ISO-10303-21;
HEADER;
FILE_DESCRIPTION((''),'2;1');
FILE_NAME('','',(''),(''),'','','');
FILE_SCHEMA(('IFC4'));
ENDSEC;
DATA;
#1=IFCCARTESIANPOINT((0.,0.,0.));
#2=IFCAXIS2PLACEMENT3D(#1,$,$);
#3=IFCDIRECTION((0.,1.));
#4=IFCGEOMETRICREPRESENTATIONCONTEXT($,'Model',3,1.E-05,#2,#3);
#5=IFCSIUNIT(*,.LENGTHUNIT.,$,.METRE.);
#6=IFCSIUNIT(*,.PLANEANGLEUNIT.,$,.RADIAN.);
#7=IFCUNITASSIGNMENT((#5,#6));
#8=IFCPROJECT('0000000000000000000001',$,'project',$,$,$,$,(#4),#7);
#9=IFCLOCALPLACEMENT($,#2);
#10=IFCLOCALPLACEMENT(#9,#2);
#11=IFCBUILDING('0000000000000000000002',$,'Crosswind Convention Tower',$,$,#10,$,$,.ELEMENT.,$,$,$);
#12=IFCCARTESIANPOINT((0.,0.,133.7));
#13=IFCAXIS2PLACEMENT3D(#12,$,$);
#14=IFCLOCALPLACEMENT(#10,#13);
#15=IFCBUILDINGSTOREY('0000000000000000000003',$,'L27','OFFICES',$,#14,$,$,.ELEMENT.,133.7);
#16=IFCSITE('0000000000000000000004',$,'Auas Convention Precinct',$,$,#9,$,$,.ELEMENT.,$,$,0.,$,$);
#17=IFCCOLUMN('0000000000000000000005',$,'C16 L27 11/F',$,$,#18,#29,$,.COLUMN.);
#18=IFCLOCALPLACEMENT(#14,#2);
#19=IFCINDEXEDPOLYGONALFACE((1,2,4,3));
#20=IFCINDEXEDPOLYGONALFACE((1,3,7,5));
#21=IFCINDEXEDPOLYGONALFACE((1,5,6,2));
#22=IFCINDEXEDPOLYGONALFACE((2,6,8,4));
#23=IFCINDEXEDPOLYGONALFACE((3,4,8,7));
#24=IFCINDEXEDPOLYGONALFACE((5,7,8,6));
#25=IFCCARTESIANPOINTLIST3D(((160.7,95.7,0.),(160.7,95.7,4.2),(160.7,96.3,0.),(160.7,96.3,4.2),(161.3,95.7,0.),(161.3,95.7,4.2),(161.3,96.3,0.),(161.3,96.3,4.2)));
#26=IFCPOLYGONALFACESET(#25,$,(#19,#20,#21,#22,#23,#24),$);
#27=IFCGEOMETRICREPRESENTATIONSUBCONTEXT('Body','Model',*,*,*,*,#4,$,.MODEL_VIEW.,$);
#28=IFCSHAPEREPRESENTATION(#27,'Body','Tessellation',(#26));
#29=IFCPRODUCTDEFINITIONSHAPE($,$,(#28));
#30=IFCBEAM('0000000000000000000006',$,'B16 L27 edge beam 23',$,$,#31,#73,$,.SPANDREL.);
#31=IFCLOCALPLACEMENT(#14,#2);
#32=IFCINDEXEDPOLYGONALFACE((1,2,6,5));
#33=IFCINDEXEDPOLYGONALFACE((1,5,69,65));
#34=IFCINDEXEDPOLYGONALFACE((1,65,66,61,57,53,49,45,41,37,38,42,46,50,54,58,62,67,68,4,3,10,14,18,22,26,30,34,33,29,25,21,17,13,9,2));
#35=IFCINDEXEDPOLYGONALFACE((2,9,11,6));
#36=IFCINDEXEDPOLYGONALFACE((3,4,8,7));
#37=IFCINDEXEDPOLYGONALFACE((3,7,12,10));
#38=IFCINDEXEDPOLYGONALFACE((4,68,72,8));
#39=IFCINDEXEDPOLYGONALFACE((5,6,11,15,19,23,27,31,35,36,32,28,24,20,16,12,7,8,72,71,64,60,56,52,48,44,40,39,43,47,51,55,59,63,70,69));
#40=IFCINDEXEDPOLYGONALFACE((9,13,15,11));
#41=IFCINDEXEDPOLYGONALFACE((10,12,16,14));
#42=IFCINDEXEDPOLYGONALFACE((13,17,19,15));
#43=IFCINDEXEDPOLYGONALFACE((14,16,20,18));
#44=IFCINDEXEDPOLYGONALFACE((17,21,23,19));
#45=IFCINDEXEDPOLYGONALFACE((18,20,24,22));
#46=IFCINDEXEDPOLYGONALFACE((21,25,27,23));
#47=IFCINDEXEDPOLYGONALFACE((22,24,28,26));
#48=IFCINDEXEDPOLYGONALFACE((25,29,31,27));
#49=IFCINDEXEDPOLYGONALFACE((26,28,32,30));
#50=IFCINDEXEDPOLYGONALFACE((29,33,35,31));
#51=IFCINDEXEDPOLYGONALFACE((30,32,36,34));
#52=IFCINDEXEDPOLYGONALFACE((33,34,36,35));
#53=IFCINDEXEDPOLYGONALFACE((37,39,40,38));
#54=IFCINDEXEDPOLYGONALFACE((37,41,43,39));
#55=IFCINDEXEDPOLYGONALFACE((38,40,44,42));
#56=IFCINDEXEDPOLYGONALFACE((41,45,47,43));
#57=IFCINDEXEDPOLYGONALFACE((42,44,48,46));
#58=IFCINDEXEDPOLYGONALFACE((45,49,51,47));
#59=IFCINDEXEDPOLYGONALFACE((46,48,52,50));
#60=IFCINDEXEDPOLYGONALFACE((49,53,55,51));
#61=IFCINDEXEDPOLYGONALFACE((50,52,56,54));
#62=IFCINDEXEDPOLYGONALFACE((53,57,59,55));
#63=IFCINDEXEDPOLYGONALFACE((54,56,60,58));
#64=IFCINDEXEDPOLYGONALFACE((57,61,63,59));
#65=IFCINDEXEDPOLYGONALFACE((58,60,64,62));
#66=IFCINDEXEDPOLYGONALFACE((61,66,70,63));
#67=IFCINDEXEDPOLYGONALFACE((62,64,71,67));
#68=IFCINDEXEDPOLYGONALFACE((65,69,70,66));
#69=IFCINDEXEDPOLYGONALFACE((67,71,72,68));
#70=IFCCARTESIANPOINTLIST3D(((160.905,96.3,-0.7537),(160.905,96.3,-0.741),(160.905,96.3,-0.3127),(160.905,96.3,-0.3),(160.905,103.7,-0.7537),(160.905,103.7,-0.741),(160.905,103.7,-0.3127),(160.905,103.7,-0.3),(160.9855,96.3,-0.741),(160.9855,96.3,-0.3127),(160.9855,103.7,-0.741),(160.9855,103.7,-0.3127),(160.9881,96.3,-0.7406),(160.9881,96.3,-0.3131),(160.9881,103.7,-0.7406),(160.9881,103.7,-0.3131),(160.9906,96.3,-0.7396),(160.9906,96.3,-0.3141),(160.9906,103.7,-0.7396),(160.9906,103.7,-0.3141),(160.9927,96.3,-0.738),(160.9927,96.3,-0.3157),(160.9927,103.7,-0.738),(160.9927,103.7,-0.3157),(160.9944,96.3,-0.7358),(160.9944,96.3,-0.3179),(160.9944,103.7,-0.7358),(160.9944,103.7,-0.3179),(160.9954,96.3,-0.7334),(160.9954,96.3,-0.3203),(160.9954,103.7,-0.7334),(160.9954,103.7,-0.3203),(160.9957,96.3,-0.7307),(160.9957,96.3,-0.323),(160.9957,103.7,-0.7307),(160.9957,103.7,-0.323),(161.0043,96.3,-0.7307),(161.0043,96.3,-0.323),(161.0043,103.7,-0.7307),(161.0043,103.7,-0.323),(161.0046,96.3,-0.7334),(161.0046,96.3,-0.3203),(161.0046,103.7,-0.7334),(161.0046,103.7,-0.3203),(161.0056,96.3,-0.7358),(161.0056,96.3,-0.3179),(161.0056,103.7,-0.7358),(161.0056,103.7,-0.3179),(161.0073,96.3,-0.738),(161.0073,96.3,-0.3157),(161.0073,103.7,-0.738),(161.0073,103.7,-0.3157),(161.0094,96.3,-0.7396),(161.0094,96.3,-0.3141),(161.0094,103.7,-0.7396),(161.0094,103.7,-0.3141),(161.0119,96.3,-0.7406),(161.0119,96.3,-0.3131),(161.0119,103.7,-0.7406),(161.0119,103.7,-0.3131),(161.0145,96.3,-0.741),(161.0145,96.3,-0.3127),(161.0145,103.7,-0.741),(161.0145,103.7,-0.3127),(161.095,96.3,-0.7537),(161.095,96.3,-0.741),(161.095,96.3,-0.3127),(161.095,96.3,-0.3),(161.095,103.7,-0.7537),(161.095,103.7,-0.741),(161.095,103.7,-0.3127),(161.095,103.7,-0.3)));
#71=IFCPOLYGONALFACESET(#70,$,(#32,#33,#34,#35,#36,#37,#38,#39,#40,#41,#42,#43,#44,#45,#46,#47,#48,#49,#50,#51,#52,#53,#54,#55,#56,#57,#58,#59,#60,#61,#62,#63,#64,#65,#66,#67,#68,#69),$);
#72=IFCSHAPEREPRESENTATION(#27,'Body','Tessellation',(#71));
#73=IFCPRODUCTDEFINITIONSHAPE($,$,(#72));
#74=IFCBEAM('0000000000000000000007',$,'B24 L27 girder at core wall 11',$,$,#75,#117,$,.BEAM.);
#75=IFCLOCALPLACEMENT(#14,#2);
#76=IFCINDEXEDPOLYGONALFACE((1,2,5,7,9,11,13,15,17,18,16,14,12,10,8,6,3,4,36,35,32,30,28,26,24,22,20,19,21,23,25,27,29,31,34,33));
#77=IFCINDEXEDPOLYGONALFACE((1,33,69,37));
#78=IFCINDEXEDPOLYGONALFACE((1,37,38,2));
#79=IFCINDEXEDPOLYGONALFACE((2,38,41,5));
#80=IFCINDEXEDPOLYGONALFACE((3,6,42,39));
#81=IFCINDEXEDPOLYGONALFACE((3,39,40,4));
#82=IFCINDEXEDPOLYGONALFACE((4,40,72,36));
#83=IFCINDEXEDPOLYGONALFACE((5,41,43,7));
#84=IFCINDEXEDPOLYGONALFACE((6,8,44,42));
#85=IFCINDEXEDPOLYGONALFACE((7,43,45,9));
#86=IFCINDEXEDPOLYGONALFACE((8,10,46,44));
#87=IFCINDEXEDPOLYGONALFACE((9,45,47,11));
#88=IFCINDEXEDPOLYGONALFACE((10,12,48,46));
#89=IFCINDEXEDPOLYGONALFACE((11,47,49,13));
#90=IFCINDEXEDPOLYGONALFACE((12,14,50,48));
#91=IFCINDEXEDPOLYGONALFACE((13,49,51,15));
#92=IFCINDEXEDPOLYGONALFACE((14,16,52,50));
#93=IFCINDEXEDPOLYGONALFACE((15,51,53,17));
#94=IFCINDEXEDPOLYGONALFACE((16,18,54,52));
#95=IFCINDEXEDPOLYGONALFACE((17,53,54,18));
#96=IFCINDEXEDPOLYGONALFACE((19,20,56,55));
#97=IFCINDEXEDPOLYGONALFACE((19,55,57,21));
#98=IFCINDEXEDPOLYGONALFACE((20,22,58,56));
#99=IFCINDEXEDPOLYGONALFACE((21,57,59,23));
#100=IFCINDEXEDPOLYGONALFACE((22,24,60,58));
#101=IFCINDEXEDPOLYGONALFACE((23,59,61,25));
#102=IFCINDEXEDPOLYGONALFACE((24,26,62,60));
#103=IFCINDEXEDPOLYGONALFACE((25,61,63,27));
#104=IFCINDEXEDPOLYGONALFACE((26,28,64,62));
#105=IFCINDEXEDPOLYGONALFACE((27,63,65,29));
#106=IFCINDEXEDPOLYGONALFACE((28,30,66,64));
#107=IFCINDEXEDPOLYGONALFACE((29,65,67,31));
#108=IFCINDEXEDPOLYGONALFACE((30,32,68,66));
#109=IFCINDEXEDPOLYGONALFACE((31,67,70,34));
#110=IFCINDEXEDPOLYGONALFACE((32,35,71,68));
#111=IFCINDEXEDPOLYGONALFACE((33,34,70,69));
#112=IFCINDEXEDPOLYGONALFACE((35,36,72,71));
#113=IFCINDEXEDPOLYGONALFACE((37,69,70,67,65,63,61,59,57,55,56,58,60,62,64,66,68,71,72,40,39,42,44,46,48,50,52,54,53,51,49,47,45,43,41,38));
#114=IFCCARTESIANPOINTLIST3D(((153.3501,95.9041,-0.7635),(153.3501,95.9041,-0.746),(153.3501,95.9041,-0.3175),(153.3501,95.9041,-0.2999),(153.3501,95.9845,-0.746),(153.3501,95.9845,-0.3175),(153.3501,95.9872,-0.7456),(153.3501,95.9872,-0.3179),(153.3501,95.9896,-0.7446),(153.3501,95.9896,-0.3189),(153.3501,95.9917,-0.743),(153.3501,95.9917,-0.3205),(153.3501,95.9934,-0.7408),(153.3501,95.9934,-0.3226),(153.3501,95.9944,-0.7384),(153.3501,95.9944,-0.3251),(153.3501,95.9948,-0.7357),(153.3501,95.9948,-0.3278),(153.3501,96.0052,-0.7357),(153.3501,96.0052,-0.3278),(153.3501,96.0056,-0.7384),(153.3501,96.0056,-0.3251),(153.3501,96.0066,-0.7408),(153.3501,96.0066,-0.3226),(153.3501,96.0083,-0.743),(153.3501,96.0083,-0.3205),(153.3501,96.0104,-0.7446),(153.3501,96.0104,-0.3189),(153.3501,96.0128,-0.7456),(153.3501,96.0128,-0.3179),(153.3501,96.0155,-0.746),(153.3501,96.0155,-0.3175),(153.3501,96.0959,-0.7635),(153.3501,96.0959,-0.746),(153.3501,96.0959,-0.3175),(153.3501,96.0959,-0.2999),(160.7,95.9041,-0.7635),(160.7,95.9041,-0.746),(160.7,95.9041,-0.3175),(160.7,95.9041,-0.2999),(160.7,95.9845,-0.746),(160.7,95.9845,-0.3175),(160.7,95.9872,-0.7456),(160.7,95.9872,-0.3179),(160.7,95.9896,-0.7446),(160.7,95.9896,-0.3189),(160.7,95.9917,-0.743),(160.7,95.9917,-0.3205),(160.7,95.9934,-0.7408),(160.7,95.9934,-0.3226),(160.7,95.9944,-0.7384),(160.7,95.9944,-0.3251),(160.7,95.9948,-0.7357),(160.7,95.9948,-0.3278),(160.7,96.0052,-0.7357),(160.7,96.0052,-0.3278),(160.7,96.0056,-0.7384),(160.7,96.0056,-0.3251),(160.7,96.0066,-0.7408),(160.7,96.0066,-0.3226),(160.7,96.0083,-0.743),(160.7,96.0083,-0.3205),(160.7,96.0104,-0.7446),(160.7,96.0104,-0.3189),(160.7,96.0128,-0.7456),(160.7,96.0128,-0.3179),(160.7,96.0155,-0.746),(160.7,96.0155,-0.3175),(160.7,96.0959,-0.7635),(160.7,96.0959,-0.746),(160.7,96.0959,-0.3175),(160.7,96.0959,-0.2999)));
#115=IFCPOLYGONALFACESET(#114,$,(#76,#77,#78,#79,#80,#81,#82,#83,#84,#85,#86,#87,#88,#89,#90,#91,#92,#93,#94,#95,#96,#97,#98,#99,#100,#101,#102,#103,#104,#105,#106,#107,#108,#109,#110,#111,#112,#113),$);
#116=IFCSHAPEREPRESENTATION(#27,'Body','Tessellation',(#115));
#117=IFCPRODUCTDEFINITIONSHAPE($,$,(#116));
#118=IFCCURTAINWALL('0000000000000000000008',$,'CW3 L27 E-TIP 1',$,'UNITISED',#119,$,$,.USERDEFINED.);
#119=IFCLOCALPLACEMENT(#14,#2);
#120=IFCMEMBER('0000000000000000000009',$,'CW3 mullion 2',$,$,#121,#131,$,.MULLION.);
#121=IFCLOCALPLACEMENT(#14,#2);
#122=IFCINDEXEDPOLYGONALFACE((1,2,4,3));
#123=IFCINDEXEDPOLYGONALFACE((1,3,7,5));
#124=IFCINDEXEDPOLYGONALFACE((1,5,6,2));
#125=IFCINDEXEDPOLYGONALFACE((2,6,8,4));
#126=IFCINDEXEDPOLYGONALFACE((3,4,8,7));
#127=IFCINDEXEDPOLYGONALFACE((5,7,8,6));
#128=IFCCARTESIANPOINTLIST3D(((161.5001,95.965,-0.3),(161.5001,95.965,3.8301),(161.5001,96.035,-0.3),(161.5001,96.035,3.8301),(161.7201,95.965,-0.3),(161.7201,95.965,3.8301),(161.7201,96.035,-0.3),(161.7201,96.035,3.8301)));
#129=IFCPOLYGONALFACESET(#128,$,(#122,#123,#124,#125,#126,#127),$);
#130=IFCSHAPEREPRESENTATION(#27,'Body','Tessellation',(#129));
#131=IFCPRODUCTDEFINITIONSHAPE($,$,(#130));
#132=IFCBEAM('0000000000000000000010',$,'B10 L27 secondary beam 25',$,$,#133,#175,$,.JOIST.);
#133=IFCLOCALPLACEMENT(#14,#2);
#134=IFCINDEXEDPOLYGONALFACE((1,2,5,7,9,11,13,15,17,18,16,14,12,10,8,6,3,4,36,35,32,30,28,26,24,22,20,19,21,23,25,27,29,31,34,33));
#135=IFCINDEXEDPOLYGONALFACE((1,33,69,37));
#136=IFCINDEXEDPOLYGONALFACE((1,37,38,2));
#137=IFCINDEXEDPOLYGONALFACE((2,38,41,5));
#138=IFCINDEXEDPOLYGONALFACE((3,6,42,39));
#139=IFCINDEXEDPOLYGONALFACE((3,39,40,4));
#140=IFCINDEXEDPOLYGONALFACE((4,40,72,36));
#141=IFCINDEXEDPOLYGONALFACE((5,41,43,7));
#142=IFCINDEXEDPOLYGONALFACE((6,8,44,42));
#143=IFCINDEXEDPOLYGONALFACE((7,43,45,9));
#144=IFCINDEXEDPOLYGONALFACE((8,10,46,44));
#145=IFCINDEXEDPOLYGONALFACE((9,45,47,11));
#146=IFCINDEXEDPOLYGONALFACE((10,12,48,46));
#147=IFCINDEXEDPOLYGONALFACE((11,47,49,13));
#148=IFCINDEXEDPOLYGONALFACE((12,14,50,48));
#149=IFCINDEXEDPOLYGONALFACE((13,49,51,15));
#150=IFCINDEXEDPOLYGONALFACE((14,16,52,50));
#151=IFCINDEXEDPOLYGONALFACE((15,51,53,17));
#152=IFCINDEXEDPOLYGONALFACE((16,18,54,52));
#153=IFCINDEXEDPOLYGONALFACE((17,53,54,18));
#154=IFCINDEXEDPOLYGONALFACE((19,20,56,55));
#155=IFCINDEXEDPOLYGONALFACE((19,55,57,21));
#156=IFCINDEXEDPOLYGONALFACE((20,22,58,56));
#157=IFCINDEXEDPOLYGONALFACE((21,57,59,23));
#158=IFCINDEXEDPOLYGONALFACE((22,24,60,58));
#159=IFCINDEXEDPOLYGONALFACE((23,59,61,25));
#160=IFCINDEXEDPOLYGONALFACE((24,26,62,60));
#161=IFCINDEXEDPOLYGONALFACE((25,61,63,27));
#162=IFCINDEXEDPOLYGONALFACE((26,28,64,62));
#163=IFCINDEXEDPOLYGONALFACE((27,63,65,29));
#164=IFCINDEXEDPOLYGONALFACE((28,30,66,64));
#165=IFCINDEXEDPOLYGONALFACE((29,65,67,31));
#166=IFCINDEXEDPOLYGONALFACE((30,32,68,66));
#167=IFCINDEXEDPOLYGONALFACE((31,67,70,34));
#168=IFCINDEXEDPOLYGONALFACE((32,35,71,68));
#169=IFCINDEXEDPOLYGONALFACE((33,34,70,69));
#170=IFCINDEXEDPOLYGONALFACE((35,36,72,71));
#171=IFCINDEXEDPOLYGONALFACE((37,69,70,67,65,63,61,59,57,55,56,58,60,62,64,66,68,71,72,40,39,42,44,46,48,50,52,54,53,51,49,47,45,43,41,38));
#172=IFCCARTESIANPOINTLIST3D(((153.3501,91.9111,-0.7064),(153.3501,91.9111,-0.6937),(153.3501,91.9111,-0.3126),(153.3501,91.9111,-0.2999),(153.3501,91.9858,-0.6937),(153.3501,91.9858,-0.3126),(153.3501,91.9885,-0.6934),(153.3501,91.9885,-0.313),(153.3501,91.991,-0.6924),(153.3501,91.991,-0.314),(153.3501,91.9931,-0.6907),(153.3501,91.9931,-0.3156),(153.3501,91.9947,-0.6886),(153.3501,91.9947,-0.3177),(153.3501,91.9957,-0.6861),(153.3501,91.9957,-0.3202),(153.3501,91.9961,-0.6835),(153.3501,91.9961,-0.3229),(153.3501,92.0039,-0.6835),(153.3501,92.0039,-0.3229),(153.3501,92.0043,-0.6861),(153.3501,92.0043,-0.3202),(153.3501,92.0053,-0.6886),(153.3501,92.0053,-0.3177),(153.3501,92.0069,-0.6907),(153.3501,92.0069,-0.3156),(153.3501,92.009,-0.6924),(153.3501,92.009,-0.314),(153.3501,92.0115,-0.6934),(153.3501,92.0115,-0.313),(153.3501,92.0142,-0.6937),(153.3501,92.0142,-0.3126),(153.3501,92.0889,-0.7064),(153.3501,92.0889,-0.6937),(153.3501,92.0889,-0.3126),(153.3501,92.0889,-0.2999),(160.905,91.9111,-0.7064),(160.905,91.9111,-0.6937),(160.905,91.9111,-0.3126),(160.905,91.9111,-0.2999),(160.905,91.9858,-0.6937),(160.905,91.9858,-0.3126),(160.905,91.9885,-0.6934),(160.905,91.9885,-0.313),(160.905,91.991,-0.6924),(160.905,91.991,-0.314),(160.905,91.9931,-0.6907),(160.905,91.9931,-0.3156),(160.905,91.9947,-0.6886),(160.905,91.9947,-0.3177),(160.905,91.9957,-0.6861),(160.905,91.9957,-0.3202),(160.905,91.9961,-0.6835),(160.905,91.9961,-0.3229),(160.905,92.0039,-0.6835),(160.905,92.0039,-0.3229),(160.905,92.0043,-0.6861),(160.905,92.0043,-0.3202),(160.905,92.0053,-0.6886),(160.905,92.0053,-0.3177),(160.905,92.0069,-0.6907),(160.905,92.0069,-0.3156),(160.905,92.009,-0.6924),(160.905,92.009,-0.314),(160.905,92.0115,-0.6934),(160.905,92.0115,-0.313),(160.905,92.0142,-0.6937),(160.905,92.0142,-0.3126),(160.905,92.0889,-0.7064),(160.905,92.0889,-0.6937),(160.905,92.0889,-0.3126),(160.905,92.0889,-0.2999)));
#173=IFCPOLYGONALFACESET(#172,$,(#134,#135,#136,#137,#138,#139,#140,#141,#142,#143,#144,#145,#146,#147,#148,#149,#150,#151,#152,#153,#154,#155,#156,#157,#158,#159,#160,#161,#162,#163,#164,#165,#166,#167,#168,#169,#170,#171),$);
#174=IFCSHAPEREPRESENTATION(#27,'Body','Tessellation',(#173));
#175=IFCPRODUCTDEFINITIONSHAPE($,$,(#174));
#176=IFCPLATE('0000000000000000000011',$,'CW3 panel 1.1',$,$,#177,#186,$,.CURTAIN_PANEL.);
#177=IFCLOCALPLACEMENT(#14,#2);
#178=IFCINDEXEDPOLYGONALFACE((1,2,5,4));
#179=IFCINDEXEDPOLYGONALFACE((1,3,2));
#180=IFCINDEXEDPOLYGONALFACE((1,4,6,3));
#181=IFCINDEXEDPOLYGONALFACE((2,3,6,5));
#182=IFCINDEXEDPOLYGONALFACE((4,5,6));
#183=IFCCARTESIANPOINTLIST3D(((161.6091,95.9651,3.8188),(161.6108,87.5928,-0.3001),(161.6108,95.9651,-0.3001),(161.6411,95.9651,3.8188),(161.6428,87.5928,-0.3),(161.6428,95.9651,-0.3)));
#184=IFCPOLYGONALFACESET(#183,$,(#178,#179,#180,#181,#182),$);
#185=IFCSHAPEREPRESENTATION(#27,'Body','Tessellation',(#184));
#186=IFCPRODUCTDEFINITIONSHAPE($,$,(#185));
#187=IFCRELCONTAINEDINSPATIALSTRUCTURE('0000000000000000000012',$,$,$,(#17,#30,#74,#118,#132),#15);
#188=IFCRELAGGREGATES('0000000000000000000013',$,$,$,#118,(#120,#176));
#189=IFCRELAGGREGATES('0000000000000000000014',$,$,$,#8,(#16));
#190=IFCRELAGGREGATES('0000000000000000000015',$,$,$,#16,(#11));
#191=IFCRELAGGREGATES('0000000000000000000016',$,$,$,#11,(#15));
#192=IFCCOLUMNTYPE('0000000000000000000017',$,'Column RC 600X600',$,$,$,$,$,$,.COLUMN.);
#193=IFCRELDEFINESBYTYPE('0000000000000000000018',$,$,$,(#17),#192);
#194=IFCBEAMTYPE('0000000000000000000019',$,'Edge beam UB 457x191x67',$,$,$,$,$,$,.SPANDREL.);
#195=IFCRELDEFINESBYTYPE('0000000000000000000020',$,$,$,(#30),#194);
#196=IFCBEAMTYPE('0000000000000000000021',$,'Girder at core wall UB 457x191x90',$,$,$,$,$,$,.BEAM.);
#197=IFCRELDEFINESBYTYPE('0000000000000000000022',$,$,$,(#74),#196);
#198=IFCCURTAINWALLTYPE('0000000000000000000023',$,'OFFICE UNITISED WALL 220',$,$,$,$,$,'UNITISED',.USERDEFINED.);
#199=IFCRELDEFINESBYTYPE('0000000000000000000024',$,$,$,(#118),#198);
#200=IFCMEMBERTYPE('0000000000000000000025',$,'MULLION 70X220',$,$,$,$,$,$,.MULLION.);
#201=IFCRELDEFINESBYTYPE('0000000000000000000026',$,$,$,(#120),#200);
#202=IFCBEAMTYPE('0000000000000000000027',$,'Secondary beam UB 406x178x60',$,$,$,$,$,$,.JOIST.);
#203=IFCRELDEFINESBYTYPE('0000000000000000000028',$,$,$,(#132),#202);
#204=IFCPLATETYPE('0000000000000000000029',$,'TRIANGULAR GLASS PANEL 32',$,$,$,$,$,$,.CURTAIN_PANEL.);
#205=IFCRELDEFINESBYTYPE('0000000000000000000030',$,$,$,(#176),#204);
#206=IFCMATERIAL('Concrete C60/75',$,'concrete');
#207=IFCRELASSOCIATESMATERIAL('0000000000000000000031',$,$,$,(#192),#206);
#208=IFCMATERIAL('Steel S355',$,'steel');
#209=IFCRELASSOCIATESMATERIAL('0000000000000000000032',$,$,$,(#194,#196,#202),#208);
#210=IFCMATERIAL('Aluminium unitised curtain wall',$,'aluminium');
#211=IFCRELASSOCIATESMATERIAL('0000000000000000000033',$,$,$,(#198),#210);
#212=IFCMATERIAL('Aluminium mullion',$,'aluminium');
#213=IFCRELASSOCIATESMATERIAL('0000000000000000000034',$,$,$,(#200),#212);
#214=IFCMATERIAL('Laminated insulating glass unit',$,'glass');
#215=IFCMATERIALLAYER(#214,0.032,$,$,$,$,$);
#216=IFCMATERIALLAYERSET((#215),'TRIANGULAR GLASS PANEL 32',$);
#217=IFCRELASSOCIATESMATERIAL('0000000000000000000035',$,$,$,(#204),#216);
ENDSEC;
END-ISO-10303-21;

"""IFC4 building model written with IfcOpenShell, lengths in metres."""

from ifc_helpers import new_model, si_unit, direction, frame, origin, origin_2d, place, context, subcontext, project, spatial, polyline, rectangle, i_section, outline, extrude, material, layer, layer_set, material_profile, profile_set, type_object, element, aggregate, save


model = new_model("IFC4")

# Units and contexts
model_context = context("Model", 3, precision=1e-05, world=origin(), true_north=direction((0.0, 1.0)))
body_context = subcontext(model_context, "Body", "Model", "MODEL_VIEW")
ifc_project = project(units=[si_unit("LENGTHUNIT", "METRE"), si_unit("PLANEANGLEUNIT", "RADIAN")], contexts=[model_context])

# Site, building, storey
site_placement = place(None, origin())
site = spatial("IfcSite", under=ifc_project, at=site_placement, Name="Auas Convention Precinct", CompositionType="ELEMENT", RefElevation=0.0)
building_placement = place(site_placement, origin())
building = spatial("IfcBuilding", under=site, at=building_placement, Name="Crosswind Convention Tower", CompositionType="ELEMENT")
storey_placement = place(building_placement, frame((0.0, 0.0, 133.7)))
storey = spatial("IfcBuildingStorey", under=building, at=storey_placement, Name="L27", Description="OFFICES", CompositionType="ELEMENT", Elevation=133.7)

# Column
ifc_material_1 = material(Name="Concrete C60/75", Category="concrete")
ifc_material_profile_1 = material_profile(ifc_material_1, rectangle(XDim=0.6001, YDim=0.6001, at=origin_2d()), Name="RC 600X600")
ifc_profile_set_1 = profile_set([ifc_material_profile_1], Name="Concrete C60/75")
column_type = type_object("IfcColumnType", Name="Column RC 600X600", PredefinedType="COLUMN", material=ifc_profile_set_1)
column_placement = place(storey_placement, frame((161.0, 96.0, 0.0), z_axis=(0.0, 0.0, 1.0), x_axis=(1.0, 0.0, 0.0)))
element("IfcColumn", 1, at=column_placement, inside=storey, type_object=column_type, Name="C16 L27 11/F", PredefinedType="COLUMN", context=body_context, shape_type="SweptSolid", body=[
    extrude(rectangle(XDim=0.6001, YDim=0.6001, at=origin_2d()), origin(), (0.0, 0.0, 1.0), 4.2),
])

# Beams
ifc_material_2 = material(Name="Steel S355", Category="steel")
ifc_material_profile_2 = material_profile(ifc_material_2, i_section(OverallWidth=0.1899, OverallDepth=0.4536, WebThickness=0.0085, FlangeThickness=0.0127, FilletRadius=0.0103, at=origin_2d()), Name="UB 457x191x67")
ifc_profile_set_2 = profile_set([ifc_material_profile_2], Name="Steel S355")
beam_type_1 = type_object("IfcBeamType", Name="Edge beam UB 457x191x67", PredefinedType="SPANDREL", material=ifc_profile_set_2)
beam_1_placement = place(storey_placement, frame((161.0, 96.3, -0.5269), z_axis=(0.0, 1.0, 0.0), x_axis=(-1.0, 0.0, 0.0)))
element("IfcBeam", 2, at=beam_1_placement, inside=storey, type_object=beam_type_1, Name="B16 L27 edge beam 23", PredefinedType="SPANDREL", context=body_context, shape_type="SweptSolid", body=[
    extrude(i_section(OverallWidth=0.1899, OverallDepth=0.4536, WebThickness=0.0085, FlangeThickness=0.0127, FilletRadius=0.0103, at=origin_2d()), origin(), (0.0, 0.0, 1.0), 7.3999),
])
ifc_material_profile_3 = material_profile(ifc_material_2, i_section(OverallWidth=0.1919, OverallDepth=0.4636, WebThickness=0.0105, FlangeThickness=0.0176, FilletRadius=0.0103, at=origin_2d()), Name="UB 457x191x90")
ifc_profile_set_3 = profile_set([ifc_material_profile_3], Name="Steel S355")
beam_type_2 = type_object("IfcBeamType", Name="Girder at core wall UB 457x191x90", PredefinedType="BEAM", material=ifc_profile_set_3)
beam_2_placement = place(storey_placement, frame((153.3501, 96.0, -0.5317), z_axis=(1.0, 0.0, 0.0), x_axis=(0.0, 1.0, 0.0)))
element("IfcBeam", 3, at=beam_2_placement, inside=storey, type_object=beam_type_2, Name="B24 L27 girder at core wall 11", PredefinedType="BEAM", context=body_context, shape_type="SweptSolid", body=[
    extrude(i_section(OverallWidth=0.1919, OverallDepth=0.4636, WebThickness=0.0105, FlangeThickness=0.0176, FilletRadius=0.0103, at=origin_2d()), origin(), (0.0, 0.0, 1.0), 7.3499),
])

# Curtain wall, member
ifc_material_3 = material(Name="Aluminium unitised curtain wall", Category="aluminium")
curtain_wall_type = type_object("IfcCurtainWallType", Name="OFFICE UNITISED WALL 220", ElementType="UNITISED", PredefinedType="USERDEFINED", material=ifc_material_3)
curtain_wall_placement = place(storey_placement, origin())
curtain_wall = element("IfcCurtainWall", 4, at=curtain_wall_placement, inside=storey, type_object=curtain_wall_type, Name="CW3 L27 E-TIP 1", ObjectType="UNITISED", PredefinedType="USERDEFINED")
ifc_material_4 = material(Name="Aluminium mullion", Category="aluminium")
ifc_material_profile_4 = material_profile(ifc_material_4, rectangle(XDim=0.22, YDim=0.0701, at=origin_2d()), Name="AL 220X70")
ifc_profile_set_4 = profile_set([ifc_material_profile_4], Name="Aluminium mullion")
member_type = type_object("IfcMemberType", Name="MULLION 70X220", PredefinedType="MULLION", material=ifc_profile_set_4)
member_placement = place(storey_placement, frame((161.6101, 96.0, -0.3), z_axis=(0.0, 0.0, 1.0), x_axis=(1.0, 0.0, 0.0)))
member = element("IfcMember", 5, at=member_placement, type_object=member_type, Name="CW3 mullion 2", PredefinedType="MULLION", context=body_context, shape_type="SweptSolid", body=[
    extrude(rectangle(XDim=0.22, YDim=0.0701, at=origin_2d()), origin(), (0.0, 0.0, 1.0), 4.1301),
])

# Beam
ifc_material_profile_5 = material_profile(ifc_material_2, i_section(OverallWidth=0.1777, OverallDepth=0.4065, WebThickness=0.0078, FlangeThickness=0.0127, FilletRadius=0.0103, at=origin_2d()), Name="UB 406x178x60")
ifc_profile_set_5 = profile_set([ifc_material_profile_5], Name="Steel S355")
beam_type_3 = type_object("IfcBeamType", Name="Secondary beam UB 406x178x60", PredefinedType="JOIST", material=ifc_profile_set_5)
beam_3_placement = place(storey_placement, frame((153.3501, 92.0, -0.5032), z_axis=(1.0, 0.0, 0.0), x_axis=(0.0, 1.0, 0.0)))
element("IfcBeam", 6, at=beam_3_placement, inside=storey, type_object=beam_type_3, Name="B10 L27 secondary beam 25", PredefinedType="JOIST", context=body_context, shape_type="SweptSolid", body=[
    extrude(i_section(OverallWidth=0.1777, OverallDepth=0.4065, WebThickness=0.0078, FlangeThickness=0.0127, FilletRadius=0.0103, at=origin_2d()), origin(), (0.0, 0.0, 1.0), 7.5549),
])

# Plate
ifc_material_5 = material(Name="Laminated insulating glass unit", Category="glass")
ifc_layer_1 = layer(ifc_material_5, 0.032)
ifc_layer_set_1 = layer_set([ifc_layer_1], Name="TRIANGULAR GLASS PANEL 32")
plate_type = type_object("IfcPlateType", Name="TRIANGULAR GLASS PANEL 32", PredefinedType="CURTAIN_PANEL", material=ifc_layer_set_1)
plate_1_placement = place(storey_placement, frame((161.6428, 95.9651, -0.3), z_axis=(1.0, 0.0, 0.000415), x_axis=(-0.000415, 0.0, 1.0)))
plate_1 = element("IfcPlate", 7, at=plate_1_placement, type_object=plate_type, Name="CW3 panel 1.1", PredefinedType="CURTAIN_PANEL", context=body_context, shape_type="SweptSolid", body=[
    extrude(outline(polyline([(0.0, 0.0), (4.1189, 0.0), (0.0, 8.3723), (0.0, 0.0)])), origin(), (0.0, 0.0, -1.0), 0.032),
])
aggregate(curtain_wall, [member, plate_1])

save(model, "model.ifc")
